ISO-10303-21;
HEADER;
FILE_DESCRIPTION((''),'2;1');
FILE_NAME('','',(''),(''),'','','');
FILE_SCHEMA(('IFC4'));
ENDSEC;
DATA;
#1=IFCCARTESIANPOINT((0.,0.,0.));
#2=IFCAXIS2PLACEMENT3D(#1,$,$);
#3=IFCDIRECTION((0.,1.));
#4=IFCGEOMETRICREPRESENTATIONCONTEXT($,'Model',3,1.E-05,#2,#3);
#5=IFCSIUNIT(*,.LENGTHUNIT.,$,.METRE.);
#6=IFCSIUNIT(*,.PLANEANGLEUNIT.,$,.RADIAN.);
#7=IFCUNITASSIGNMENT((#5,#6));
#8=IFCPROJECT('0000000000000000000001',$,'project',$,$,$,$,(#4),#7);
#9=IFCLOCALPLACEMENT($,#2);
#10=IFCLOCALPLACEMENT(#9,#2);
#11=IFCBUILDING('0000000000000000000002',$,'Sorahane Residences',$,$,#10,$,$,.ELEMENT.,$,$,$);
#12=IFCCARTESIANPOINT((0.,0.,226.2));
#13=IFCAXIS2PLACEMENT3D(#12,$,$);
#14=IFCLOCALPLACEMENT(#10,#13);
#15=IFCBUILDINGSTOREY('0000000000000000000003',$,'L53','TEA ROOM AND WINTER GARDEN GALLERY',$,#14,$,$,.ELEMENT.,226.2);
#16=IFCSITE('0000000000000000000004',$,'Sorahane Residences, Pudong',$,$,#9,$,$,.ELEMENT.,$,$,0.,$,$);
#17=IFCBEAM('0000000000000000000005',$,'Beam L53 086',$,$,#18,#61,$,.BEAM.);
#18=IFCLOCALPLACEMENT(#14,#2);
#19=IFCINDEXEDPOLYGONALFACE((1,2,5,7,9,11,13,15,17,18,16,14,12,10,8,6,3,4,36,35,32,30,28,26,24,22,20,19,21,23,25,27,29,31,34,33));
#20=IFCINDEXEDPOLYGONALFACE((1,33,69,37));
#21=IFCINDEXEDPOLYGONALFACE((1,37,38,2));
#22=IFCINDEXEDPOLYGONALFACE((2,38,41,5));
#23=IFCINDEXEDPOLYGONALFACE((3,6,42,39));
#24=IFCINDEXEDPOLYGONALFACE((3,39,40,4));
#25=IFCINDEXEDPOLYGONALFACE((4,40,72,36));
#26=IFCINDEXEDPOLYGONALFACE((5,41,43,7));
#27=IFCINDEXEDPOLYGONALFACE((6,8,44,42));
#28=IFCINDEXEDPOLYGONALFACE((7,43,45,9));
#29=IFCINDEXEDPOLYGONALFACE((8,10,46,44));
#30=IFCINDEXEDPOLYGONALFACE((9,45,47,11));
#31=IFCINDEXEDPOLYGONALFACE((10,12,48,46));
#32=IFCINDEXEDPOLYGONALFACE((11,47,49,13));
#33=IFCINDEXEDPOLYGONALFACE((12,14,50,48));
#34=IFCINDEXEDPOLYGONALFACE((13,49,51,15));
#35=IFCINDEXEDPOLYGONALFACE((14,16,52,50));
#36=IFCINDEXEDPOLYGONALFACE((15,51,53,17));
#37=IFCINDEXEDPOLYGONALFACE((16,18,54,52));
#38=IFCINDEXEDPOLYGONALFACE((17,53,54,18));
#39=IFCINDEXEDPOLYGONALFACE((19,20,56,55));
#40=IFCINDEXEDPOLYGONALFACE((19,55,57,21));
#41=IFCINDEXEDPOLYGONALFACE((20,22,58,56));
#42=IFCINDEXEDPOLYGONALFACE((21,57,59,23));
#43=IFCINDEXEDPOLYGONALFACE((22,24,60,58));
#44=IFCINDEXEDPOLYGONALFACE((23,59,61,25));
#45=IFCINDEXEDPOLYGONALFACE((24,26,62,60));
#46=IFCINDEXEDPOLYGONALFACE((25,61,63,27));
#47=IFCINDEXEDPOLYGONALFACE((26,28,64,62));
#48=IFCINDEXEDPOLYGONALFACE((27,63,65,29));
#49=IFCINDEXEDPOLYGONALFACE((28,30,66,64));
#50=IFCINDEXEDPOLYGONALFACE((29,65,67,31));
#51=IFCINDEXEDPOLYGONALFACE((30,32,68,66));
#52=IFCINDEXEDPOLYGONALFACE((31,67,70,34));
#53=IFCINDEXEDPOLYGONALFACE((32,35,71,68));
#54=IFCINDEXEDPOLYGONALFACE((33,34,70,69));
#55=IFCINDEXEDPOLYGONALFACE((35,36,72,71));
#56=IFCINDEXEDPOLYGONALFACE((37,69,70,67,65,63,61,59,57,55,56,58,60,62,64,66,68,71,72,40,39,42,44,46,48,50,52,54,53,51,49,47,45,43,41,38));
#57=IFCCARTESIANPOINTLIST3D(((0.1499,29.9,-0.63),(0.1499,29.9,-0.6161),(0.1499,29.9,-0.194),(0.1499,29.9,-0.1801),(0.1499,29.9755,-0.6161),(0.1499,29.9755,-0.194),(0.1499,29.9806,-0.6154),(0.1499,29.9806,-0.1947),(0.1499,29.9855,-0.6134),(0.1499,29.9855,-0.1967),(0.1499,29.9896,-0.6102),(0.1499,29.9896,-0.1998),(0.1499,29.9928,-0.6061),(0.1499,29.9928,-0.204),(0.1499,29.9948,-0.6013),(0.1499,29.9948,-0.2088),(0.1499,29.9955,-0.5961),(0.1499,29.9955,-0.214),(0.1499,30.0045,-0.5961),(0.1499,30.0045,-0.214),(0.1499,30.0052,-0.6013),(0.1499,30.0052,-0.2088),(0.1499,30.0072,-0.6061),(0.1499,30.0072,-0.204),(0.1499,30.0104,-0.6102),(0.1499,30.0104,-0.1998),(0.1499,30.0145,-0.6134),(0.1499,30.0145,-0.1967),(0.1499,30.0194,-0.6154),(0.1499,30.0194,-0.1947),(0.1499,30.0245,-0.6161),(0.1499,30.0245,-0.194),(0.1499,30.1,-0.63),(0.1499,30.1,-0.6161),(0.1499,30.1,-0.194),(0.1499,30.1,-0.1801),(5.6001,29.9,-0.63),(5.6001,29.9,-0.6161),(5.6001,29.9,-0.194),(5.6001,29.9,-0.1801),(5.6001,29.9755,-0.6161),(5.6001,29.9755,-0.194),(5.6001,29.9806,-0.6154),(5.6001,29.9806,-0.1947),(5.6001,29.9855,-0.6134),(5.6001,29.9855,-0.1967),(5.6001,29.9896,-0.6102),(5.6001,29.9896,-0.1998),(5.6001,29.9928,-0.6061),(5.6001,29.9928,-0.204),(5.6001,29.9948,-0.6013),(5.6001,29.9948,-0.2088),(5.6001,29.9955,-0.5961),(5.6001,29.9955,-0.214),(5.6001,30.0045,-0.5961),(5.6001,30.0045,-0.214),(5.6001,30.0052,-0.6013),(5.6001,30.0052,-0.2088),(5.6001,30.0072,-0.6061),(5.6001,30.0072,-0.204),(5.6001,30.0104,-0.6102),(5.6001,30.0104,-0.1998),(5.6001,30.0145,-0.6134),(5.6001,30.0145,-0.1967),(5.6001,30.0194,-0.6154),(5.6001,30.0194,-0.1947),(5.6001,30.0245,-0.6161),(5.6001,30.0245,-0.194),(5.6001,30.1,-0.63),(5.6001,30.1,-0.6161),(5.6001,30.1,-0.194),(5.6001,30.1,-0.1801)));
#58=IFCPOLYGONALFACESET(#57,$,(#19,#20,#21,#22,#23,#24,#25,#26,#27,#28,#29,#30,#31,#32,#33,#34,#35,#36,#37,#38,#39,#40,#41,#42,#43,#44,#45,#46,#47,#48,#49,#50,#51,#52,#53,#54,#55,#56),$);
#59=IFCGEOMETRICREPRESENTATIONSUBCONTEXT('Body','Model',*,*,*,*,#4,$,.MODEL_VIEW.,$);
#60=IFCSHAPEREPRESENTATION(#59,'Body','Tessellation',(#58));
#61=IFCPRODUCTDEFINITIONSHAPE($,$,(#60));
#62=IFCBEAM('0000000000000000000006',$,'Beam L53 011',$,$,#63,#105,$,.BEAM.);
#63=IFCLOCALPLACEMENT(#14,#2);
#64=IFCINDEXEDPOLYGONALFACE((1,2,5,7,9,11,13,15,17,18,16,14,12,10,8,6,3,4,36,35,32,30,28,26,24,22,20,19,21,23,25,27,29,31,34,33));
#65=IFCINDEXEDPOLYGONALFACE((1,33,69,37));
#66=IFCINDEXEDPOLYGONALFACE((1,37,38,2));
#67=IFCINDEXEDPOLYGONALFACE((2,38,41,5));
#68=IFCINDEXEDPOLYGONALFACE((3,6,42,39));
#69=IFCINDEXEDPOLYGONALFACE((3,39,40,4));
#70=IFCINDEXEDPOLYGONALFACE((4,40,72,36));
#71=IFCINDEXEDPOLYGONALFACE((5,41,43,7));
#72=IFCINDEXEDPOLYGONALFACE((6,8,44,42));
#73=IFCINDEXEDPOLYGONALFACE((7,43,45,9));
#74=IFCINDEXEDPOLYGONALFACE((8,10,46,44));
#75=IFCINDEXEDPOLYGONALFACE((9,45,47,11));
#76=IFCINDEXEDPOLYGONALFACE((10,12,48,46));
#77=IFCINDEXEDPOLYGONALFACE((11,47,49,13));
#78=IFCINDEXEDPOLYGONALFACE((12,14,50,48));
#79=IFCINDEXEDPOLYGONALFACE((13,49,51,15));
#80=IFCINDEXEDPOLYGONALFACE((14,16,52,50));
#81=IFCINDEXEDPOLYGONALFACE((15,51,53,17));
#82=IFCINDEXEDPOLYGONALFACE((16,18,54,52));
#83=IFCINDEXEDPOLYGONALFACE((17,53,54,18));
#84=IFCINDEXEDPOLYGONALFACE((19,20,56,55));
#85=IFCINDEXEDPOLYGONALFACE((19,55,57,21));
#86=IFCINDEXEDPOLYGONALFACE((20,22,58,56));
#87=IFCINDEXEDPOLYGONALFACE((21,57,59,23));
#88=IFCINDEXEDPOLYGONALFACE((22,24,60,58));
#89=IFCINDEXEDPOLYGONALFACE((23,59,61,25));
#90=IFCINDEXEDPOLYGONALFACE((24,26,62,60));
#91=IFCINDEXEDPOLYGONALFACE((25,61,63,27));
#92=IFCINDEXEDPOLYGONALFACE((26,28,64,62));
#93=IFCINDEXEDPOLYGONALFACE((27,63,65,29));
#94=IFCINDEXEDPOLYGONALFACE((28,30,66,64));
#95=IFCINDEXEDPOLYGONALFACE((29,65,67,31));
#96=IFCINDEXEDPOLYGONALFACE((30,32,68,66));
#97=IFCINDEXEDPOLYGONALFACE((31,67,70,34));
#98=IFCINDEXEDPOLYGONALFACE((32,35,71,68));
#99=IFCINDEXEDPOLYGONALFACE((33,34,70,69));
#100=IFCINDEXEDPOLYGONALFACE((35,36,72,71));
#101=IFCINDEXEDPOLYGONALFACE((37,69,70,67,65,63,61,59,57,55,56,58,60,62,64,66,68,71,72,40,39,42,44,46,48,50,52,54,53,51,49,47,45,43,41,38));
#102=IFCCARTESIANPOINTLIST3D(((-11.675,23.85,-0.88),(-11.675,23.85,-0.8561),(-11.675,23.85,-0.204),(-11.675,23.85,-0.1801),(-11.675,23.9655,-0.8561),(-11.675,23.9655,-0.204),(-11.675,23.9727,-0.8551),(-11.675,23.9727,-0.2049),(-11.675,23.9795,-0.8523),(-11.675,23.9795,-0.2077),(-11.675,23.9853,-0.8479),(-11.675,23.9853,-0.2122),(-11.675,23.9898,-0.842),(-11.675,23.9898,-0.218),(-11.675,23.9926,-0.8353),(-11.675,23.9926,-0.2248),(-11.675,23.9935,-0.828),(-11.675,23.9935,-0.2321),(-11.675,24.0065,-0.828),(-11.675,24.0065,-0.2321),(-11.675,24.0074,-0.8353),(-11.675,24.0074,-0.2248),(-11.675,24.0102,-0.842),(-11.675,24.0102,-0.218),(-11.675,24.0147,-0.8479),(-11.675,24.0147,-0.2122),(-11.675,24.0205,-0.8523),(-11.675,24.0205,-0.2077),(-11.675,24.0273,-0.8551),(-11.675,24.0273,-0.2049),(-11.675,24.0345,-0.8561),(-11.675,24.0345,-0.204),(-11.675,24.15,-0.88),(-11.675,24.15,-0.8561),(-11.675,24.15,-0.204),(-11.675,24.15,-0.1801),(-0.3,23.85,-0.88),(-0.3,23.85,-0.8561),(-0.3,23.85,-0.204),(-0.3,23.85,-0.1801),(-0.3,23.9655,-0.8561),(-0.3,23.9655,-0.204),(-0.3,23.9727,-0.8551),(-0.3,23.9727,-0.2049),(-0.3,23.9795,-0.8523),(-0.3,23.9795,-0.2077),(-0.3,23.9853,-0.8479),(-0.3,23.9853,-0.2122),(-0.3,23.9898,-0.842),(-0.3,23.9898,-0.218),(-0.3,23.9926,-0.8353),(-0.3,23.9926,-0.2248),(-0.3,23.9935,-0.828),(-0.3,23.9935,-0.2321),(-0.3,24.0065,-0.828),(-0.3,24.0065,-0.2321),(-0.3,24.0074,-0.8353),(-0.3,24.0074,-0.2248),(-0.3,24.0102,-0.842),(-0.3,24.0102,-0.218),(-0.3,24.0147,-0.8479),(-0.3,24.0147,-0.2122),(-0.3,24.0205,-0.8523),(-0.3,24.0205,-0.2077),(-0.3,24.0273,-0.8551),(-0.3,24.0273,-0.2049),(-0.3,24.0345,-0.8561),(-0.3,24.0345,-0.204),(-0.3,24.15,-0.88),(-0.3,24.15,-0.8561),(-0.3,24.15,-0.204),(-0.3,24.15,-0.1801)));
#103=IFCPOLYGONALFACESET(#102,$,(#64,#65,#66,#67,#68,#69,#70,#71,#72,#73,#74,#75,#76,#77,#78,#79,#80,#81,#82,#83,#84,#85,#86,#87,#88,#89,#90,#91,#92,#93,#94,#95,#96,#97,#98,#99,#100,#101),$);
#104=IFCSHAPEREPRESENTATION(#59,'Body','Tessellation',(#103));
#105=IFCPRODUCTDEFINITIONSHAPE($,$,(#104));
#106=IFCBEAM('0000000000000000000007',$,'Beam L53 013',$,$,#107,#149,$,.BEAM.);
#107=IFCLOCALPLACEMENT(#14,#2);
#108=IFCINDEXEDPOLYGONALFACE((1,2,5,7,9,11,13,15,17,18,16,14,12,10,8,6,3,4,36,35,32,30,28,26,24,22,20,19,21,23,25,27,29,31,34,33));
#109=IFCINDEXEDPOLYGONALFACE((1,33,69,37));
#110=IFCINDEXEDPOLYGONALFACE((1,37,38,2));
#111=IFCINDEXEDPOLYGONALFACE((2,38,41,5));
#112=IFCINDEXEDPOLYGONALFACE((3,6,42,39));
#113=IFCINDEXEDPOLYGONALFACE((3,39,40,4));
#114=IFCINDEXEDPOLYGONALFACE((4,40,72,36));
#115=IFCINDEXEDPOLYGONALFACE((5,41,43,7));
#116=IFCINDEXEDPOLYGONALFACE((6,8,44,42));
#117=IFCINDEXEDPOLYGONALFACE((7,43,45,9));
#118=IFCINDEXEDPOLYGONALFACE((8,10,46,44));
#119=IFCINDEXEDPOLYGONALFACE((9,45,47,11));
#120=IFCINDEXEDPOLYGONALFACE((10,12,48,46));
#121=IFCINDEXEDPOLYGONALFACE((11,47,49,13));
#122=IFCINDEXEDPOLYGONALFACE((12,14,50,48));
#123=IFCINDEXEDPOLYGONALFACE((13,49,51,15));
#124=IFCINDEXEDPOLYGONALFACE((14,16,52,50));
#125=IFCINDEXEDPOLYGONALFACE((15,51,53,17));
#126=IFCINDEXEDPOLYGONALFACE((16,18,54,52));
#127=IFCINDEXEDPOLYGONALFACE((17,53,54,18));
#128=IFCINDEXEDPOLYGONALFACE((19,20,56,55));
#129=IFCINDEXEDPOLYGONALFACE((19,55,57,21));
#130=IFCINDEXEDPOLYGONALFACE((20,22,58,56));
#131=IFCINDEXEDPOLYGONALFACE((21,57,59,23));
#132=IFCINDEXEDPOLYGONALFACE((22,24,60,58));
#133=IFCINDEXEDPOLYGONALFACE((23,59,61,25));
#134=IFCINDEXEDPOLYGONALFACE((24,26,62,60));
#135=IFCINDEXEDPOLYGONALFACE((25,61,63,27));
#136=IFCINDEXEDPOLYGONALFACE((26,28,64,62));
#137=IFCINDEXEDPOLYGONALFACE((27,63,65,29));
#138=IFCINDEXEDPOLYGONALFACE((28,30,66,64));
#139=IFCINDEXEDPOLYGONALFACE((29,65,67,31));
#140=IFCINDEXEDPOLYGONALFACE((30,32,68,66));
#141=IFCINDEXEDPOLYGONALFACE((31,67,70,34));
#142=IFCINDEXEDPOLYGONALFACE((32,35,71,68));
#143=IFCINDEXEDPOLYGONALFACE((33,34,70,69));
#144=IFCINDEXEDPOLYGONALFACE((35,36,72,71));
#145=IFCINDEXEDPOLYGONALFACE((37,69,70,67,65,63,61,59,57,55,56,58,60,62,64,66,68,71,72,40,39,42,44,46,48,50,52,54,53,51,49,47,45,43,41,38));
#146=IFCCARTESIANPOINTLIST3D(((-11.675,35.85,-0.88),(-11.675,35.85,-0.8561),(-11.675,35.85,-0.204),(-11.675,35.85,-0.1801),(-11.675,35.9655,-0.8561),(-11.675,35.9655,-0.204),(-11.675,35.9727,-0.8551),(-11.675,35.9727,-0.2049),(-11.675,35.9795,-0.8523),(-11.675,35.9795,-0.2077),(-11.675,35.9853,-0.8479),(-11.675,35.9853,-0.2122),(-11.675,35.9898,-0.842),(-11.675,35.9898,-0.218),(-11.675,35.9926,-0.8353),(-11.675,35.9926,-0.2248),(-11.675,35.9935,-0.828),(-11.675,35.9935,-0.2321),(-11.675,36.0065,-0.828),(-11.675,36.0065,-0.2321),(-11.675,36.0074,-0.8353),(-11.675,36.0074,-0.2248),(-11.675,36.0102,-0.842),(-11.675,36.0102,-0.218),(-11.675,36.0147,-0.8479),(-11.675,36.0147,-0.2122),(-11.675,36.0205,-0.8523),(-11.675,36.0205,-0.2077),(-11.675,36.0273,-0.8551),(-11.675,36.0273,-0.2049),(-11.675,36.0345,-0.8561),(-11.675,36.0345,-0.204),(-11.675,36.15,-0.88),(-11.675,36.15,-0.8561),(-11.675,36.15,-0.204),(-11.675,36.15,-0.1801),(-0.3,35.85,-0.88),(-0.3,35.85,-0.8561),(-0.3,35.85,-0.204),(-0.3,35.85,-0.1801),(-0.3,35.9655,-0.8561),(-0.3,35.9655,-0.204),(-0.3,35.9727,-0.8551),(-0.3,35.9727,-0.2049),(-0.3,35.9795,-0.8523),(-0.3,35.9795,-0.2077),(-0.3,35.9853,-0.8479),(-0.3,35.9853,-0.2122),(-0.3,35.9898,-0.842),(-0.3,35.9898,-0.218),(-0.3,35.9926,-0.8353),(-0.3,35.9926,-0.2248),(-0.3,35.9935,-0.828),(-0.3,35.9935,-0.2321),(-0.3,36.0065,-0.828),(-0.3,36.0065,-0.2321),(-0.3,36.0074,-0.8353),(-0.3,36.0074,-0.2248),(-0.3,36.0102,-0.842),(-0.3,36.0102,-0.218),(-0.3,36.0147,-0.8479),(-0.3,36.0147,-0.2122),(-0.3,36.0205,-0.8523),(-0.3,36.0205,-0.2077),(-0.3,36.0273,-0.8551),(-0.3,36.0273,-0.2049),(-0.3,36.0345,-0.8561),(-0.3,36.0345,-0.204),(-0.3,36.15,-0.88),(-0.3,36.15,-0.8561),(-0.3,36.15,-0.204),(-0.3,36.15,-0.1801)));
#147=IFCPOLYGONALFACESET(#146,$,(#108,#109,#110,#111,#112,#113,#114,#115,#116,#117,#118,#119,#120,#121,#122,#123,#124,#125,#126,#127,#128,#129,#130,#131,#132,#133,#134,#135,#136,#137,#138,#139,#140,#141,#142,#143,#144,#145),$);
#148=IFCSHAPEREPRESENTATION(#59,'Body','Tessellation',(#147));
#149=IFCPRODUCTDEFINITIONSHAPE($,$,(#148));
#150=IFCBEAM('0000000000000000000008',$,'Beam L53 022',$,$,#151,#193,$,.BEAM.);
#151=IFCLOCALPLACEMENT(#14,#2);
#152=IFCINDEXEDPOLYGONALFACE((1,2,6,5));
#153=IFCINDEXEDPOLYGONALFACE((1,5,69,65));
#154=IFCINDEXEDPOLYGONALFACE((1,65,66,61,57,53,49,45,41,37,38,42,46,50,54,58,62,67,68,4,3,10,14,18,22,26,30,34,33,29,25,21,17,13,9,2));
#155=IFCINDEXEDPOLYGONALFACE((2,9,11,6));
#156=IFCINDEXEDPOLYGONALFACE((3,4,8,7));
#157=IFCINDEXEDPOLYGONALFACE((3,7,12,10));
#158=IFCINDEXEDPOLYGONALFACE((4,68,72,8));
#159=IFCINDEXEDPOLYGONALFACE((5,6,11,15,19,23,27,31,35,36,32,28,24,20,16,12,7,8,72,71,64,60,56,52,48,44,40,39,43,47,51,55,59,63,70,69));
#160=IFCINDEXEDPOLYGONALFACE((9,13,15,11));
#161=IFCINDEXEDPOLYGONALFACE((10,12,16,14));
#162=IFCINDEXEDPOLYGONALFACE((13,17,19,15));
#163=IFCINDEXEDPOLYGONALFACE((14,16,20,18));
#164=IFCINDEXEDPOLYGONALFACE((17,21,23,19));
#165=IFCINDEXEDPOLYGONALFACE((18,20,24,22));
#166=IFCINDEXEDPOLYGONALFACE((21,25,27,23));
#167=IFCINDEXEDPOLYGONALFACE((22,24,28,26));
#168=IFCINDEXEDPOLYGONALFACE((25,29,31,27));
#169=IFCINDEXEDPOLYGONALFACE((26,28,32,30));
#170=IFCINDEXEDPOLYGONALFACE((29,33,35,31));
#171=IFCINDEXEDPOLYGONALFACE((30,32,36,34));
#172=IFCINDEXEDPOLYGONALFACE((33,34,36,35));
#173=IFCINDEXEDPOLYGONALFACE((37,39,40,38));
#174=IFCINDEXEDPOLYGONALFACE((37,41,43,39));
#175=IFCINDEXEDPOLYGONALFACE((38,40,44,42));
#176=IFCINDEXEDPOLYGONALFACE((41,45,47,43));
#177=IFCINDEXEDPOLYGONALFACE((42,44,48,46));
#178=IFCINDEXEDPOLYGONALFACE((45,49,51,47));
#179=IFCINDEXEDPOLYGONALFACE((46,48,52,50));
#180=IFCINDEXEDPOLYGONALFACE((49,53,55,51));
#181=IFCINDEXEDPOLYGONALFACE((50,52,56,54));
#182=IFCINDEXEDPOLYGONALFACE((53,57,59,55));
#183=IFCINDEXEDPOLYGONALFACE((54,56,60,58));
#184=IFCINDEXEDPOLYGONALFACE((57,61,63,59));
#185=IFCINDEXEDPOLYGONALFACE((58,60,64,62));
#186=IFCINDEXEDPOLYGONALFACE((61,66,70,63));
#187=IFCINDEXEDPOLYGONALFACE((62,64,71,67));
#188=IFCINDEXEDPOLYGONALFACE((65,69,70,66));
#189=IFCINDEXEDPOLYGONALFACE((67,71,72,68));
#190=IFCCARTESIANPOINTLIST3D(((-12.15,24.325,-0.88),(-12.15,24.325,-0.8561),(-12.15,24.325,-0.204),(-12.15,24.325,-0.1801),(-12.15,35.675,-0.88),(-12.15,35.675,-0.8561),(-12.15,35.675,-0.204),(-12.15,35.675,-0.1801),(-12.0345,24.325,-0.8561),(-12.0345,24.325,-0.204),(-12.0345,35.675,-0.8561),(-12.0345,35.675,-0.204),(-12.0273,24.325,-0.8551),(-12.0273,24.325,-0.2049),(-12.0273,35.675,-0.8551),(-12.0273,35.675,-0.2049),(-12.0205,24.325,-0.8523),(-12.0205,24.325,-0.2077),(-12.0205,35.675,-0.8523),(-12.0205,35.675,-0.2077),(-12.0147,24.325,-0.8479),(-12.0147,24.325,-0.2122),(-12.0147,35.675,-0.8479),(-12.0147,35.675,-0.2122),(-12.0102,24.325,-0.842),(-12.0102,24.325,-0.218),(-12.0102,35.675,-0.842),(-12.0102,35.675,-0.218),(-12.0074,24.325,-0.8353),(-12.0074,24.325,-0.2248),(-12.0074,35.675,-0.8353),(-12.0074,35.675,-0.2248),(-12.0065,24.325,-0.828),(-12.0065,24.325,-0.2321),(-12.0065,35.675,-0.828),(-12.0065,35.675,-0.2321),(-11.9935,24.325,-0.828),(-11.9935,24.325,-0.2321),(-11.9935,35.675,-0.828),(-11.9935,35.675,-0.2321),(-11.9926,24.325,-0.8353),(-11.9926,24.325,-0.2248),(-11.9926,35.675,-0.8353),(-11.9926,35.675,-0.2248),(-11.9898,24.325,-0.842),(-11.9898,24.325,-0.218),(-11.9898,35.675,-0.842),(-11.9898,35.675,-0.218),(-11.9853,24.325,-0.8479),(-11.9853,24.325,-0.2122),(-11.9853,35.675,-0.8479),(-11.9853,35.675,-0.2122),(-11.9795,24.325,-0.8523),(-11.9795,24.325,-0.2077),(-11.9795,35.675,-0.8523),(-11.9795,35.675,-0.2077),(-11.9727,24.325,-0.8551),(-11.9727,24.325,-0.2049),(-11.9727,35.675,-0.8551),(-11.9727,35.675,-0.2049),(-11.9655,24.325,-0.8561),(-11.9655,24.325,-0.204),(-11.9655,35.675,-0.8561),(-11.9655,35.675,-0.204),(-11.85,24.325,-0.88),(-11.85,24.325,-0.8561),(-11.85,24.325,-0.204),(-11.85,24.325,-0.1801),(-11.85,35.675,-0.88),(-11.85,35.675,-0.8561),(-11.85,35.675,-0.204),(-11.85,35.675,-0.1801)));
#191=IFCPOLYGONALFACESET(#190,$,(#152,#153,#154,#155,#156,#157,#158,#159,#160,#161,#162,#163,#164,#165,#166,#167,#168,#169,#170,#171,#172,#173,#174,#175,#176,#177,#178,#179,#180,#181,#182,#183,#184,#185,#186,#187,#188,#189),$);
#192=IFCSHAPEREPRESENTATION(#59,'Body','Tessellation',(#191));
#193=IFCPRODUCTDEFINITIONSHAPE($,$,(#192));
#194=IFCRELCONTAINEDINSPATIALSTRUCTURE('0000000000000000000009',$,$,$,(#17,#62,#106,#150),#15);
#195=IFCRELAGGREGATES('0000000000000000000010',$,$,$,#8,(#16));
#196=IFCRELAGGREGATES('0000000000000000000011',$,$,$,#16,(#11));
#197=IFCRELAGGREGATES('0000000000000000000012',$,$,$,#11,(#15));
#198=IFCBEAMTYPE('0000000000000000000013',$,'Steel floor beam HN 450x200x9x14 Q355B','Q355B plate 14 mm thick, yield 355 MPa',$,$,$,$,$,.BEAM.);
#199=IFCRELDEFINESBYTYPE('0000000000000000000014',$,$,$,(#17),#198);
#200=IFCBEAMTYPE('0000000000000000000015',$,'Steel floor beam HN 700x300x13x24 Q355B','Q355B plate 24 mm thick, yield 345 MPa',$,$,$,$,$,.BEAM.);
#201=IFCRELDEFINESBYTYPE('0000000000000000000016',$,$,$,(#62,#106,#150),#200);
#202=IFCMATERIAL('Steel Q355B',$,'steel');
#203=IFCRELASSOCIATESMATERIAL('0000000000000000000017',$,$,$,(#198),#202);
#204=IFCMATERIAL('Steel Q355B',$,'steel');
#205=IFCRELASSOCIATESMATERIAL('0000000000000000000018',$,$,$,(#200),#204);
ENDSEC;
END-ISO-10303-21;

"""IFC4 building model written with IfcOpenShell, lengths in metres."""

from ifc_helpers import new_model, si_unit, direction, frame, origin, origin_2d, place, context, subcontext, project, spatial, i_section, extrude, material, material_profile, profile_set, type_object, element, save


model = new_model("IFC4")

# Units and contexts
model_context = context("Model", 3, precision=1e-05, world=origin(), true_north=direction((0.0, 1.0)))
body_context = subcontext(model_context, "Body", "Model", "MODEL_VIEW")
ifc_project = project(units=[si_unit("LENGTHUNIT", "METRE"), si_unit("PLANEANGLEUNIT", "RADIAN")], contexts=[model_context])

# Site, building, storey
site_placement = place(None, origin())
site = spatial("IfcSite", under=ifc_project, at=site_placement, Name="Sorahane Residences, Pudong", CompositionType="ELEMENT", RefElevation=0.0)
building_placement = place(site_placement, origin())
building = spatial("IfcBuilding", under=site, at=building_placement, Name="Sorahane Residences", CompositionType="ELEMENT")
storey_placement = place(building_placement, frame((0.0, 0.0, 226.2)))
storey = spatial("IfcBuildingStorey", under=building, at=storey_placement, Name="L53", Description="TEA ROOM AND WINTER GARDEN GALLERY", CompositionType="ELEMENT", Elevation=226.2)

# Beams
ifc_material_1 = material(Name="Steel Q355B", Category="steel")
ifc_material_profile_1 = material_profile(ifc_material_1, i_section(OverallWidth=0.2, OverallDepth=0.45, WebThickness=0.009, FlangeThickness=0.0139, FilletRadius=0.02, at=origin_2d()), Name="HN 450x200x9x14")
ifc_profile_set_1 = profile_set([ifc_material_profile_1], Name="Steel Q355B")
beam_type_1 = type_object("IfcBeamType", Name="Steel floor beam HN 450x200x9x14 Q355B", Description="Q355B plate 14 mm thick, yield 355 MPa", PredefinedType="BEAM", material=ifc_profile_set_1)
beam_1_placement = place(storey_placement, frame((0.1499, 30.0, -0.405), z_axis=(1.0, 0.0, 0.0), x_axis=(0.0, 1.0, 0.0)))
element("IfcBeam", 1, at=beam_1_placement, inside=storey, type_object=beam_type_1, Name="Beam L53 086", PredefinedType="BEAM", context=body_context, shape_type="SweptSolid", body=[
    extrude(i_section(OverallWidth=0.2, OverallDepth=0.45, WebThickness=0.009, FlangeThickness=0.0139, FilletRadius=0.02, at=origin_2d()), origin(), (0.0, 0.0, 1.0), 5.4502),
])
ifc_material_2 = material(Name="Steel Q355B", Category="steel")
ifc_material_profile_2 = material_profile(ifc_material_2, i_section(OverallWidth=0.3, OverallDepth=0.7, WebThickness=0.0129, FlangeThickness=0.0239, FilletRadius=0.0281, at=origin_2d()), Name="HN 700x300x13x24")
ifc_profile_set_2 = profile_set([ifc_material_profile_2], Name="Steel Q355B")
beam_type_2 = type_object("IfcBeamType", Name="Steel floor beam HN 700x300x13x24 Q355B", Description="Q355B plate 24 mm thick, yield 345 MPa", PredefinedType="BEAM", material=ifc_profile_set_2)
for number, where, z_axis, x_axis, name in (
    (2, (-11.675, 24.0, -0.53), (1.0, 0.0, 0.0), (0.0, 1.0, 0.0), "Beam L53 011"),
    (3, (-11.675, 36.0, -0.53), (1.0, 0.0, 0.0), (0.0, 1.0, 0.0), "Beam L53 013"),
):
    element("IfcBeam", number, at=place(storey_placement, frame(where, z_axis=z_axis, x_axis=x_axis)), inside=storey, type_object=beam_type_2, Name=name, PredefinedType="BEAM", context=body_context, shape_type="SweptSolid", body=[
        extrude(i_section(OverallWidth=0.3, OverallDepth=0.7, WebThickness=0.0129, FlangeThickness=0.0239, FilletRadius=0.0281, at=origin_2d()), origin(), (0.0, 0.0, 1.0), 11.375),
    ])
beam_2_placement = place(storey_placement, frame((-12.0, 24.325, -0.53), z_axis=(0.0, 1.0, 0.0), x_axis=(-1.0, 0.0, 0.0)))
element("IfcBeam", 4, at=beam_2_placement, inside=storey, type_object=beam_type_2, Name="Beam L53 022", PredefinedType="BEAM", context=body_context, shape_type="SweptSolid", body=[
    extrude(i_section(OverallWidth=0.3, OverallDepth=0.7, WebThickness=0.0129, FlangeThickness=0.0239, FilletRadius=0.0281, at=origin_2d()), origin(), (0.0, 0.0, 1.0), 11.3501),
])

save(model, "model.ifc")
